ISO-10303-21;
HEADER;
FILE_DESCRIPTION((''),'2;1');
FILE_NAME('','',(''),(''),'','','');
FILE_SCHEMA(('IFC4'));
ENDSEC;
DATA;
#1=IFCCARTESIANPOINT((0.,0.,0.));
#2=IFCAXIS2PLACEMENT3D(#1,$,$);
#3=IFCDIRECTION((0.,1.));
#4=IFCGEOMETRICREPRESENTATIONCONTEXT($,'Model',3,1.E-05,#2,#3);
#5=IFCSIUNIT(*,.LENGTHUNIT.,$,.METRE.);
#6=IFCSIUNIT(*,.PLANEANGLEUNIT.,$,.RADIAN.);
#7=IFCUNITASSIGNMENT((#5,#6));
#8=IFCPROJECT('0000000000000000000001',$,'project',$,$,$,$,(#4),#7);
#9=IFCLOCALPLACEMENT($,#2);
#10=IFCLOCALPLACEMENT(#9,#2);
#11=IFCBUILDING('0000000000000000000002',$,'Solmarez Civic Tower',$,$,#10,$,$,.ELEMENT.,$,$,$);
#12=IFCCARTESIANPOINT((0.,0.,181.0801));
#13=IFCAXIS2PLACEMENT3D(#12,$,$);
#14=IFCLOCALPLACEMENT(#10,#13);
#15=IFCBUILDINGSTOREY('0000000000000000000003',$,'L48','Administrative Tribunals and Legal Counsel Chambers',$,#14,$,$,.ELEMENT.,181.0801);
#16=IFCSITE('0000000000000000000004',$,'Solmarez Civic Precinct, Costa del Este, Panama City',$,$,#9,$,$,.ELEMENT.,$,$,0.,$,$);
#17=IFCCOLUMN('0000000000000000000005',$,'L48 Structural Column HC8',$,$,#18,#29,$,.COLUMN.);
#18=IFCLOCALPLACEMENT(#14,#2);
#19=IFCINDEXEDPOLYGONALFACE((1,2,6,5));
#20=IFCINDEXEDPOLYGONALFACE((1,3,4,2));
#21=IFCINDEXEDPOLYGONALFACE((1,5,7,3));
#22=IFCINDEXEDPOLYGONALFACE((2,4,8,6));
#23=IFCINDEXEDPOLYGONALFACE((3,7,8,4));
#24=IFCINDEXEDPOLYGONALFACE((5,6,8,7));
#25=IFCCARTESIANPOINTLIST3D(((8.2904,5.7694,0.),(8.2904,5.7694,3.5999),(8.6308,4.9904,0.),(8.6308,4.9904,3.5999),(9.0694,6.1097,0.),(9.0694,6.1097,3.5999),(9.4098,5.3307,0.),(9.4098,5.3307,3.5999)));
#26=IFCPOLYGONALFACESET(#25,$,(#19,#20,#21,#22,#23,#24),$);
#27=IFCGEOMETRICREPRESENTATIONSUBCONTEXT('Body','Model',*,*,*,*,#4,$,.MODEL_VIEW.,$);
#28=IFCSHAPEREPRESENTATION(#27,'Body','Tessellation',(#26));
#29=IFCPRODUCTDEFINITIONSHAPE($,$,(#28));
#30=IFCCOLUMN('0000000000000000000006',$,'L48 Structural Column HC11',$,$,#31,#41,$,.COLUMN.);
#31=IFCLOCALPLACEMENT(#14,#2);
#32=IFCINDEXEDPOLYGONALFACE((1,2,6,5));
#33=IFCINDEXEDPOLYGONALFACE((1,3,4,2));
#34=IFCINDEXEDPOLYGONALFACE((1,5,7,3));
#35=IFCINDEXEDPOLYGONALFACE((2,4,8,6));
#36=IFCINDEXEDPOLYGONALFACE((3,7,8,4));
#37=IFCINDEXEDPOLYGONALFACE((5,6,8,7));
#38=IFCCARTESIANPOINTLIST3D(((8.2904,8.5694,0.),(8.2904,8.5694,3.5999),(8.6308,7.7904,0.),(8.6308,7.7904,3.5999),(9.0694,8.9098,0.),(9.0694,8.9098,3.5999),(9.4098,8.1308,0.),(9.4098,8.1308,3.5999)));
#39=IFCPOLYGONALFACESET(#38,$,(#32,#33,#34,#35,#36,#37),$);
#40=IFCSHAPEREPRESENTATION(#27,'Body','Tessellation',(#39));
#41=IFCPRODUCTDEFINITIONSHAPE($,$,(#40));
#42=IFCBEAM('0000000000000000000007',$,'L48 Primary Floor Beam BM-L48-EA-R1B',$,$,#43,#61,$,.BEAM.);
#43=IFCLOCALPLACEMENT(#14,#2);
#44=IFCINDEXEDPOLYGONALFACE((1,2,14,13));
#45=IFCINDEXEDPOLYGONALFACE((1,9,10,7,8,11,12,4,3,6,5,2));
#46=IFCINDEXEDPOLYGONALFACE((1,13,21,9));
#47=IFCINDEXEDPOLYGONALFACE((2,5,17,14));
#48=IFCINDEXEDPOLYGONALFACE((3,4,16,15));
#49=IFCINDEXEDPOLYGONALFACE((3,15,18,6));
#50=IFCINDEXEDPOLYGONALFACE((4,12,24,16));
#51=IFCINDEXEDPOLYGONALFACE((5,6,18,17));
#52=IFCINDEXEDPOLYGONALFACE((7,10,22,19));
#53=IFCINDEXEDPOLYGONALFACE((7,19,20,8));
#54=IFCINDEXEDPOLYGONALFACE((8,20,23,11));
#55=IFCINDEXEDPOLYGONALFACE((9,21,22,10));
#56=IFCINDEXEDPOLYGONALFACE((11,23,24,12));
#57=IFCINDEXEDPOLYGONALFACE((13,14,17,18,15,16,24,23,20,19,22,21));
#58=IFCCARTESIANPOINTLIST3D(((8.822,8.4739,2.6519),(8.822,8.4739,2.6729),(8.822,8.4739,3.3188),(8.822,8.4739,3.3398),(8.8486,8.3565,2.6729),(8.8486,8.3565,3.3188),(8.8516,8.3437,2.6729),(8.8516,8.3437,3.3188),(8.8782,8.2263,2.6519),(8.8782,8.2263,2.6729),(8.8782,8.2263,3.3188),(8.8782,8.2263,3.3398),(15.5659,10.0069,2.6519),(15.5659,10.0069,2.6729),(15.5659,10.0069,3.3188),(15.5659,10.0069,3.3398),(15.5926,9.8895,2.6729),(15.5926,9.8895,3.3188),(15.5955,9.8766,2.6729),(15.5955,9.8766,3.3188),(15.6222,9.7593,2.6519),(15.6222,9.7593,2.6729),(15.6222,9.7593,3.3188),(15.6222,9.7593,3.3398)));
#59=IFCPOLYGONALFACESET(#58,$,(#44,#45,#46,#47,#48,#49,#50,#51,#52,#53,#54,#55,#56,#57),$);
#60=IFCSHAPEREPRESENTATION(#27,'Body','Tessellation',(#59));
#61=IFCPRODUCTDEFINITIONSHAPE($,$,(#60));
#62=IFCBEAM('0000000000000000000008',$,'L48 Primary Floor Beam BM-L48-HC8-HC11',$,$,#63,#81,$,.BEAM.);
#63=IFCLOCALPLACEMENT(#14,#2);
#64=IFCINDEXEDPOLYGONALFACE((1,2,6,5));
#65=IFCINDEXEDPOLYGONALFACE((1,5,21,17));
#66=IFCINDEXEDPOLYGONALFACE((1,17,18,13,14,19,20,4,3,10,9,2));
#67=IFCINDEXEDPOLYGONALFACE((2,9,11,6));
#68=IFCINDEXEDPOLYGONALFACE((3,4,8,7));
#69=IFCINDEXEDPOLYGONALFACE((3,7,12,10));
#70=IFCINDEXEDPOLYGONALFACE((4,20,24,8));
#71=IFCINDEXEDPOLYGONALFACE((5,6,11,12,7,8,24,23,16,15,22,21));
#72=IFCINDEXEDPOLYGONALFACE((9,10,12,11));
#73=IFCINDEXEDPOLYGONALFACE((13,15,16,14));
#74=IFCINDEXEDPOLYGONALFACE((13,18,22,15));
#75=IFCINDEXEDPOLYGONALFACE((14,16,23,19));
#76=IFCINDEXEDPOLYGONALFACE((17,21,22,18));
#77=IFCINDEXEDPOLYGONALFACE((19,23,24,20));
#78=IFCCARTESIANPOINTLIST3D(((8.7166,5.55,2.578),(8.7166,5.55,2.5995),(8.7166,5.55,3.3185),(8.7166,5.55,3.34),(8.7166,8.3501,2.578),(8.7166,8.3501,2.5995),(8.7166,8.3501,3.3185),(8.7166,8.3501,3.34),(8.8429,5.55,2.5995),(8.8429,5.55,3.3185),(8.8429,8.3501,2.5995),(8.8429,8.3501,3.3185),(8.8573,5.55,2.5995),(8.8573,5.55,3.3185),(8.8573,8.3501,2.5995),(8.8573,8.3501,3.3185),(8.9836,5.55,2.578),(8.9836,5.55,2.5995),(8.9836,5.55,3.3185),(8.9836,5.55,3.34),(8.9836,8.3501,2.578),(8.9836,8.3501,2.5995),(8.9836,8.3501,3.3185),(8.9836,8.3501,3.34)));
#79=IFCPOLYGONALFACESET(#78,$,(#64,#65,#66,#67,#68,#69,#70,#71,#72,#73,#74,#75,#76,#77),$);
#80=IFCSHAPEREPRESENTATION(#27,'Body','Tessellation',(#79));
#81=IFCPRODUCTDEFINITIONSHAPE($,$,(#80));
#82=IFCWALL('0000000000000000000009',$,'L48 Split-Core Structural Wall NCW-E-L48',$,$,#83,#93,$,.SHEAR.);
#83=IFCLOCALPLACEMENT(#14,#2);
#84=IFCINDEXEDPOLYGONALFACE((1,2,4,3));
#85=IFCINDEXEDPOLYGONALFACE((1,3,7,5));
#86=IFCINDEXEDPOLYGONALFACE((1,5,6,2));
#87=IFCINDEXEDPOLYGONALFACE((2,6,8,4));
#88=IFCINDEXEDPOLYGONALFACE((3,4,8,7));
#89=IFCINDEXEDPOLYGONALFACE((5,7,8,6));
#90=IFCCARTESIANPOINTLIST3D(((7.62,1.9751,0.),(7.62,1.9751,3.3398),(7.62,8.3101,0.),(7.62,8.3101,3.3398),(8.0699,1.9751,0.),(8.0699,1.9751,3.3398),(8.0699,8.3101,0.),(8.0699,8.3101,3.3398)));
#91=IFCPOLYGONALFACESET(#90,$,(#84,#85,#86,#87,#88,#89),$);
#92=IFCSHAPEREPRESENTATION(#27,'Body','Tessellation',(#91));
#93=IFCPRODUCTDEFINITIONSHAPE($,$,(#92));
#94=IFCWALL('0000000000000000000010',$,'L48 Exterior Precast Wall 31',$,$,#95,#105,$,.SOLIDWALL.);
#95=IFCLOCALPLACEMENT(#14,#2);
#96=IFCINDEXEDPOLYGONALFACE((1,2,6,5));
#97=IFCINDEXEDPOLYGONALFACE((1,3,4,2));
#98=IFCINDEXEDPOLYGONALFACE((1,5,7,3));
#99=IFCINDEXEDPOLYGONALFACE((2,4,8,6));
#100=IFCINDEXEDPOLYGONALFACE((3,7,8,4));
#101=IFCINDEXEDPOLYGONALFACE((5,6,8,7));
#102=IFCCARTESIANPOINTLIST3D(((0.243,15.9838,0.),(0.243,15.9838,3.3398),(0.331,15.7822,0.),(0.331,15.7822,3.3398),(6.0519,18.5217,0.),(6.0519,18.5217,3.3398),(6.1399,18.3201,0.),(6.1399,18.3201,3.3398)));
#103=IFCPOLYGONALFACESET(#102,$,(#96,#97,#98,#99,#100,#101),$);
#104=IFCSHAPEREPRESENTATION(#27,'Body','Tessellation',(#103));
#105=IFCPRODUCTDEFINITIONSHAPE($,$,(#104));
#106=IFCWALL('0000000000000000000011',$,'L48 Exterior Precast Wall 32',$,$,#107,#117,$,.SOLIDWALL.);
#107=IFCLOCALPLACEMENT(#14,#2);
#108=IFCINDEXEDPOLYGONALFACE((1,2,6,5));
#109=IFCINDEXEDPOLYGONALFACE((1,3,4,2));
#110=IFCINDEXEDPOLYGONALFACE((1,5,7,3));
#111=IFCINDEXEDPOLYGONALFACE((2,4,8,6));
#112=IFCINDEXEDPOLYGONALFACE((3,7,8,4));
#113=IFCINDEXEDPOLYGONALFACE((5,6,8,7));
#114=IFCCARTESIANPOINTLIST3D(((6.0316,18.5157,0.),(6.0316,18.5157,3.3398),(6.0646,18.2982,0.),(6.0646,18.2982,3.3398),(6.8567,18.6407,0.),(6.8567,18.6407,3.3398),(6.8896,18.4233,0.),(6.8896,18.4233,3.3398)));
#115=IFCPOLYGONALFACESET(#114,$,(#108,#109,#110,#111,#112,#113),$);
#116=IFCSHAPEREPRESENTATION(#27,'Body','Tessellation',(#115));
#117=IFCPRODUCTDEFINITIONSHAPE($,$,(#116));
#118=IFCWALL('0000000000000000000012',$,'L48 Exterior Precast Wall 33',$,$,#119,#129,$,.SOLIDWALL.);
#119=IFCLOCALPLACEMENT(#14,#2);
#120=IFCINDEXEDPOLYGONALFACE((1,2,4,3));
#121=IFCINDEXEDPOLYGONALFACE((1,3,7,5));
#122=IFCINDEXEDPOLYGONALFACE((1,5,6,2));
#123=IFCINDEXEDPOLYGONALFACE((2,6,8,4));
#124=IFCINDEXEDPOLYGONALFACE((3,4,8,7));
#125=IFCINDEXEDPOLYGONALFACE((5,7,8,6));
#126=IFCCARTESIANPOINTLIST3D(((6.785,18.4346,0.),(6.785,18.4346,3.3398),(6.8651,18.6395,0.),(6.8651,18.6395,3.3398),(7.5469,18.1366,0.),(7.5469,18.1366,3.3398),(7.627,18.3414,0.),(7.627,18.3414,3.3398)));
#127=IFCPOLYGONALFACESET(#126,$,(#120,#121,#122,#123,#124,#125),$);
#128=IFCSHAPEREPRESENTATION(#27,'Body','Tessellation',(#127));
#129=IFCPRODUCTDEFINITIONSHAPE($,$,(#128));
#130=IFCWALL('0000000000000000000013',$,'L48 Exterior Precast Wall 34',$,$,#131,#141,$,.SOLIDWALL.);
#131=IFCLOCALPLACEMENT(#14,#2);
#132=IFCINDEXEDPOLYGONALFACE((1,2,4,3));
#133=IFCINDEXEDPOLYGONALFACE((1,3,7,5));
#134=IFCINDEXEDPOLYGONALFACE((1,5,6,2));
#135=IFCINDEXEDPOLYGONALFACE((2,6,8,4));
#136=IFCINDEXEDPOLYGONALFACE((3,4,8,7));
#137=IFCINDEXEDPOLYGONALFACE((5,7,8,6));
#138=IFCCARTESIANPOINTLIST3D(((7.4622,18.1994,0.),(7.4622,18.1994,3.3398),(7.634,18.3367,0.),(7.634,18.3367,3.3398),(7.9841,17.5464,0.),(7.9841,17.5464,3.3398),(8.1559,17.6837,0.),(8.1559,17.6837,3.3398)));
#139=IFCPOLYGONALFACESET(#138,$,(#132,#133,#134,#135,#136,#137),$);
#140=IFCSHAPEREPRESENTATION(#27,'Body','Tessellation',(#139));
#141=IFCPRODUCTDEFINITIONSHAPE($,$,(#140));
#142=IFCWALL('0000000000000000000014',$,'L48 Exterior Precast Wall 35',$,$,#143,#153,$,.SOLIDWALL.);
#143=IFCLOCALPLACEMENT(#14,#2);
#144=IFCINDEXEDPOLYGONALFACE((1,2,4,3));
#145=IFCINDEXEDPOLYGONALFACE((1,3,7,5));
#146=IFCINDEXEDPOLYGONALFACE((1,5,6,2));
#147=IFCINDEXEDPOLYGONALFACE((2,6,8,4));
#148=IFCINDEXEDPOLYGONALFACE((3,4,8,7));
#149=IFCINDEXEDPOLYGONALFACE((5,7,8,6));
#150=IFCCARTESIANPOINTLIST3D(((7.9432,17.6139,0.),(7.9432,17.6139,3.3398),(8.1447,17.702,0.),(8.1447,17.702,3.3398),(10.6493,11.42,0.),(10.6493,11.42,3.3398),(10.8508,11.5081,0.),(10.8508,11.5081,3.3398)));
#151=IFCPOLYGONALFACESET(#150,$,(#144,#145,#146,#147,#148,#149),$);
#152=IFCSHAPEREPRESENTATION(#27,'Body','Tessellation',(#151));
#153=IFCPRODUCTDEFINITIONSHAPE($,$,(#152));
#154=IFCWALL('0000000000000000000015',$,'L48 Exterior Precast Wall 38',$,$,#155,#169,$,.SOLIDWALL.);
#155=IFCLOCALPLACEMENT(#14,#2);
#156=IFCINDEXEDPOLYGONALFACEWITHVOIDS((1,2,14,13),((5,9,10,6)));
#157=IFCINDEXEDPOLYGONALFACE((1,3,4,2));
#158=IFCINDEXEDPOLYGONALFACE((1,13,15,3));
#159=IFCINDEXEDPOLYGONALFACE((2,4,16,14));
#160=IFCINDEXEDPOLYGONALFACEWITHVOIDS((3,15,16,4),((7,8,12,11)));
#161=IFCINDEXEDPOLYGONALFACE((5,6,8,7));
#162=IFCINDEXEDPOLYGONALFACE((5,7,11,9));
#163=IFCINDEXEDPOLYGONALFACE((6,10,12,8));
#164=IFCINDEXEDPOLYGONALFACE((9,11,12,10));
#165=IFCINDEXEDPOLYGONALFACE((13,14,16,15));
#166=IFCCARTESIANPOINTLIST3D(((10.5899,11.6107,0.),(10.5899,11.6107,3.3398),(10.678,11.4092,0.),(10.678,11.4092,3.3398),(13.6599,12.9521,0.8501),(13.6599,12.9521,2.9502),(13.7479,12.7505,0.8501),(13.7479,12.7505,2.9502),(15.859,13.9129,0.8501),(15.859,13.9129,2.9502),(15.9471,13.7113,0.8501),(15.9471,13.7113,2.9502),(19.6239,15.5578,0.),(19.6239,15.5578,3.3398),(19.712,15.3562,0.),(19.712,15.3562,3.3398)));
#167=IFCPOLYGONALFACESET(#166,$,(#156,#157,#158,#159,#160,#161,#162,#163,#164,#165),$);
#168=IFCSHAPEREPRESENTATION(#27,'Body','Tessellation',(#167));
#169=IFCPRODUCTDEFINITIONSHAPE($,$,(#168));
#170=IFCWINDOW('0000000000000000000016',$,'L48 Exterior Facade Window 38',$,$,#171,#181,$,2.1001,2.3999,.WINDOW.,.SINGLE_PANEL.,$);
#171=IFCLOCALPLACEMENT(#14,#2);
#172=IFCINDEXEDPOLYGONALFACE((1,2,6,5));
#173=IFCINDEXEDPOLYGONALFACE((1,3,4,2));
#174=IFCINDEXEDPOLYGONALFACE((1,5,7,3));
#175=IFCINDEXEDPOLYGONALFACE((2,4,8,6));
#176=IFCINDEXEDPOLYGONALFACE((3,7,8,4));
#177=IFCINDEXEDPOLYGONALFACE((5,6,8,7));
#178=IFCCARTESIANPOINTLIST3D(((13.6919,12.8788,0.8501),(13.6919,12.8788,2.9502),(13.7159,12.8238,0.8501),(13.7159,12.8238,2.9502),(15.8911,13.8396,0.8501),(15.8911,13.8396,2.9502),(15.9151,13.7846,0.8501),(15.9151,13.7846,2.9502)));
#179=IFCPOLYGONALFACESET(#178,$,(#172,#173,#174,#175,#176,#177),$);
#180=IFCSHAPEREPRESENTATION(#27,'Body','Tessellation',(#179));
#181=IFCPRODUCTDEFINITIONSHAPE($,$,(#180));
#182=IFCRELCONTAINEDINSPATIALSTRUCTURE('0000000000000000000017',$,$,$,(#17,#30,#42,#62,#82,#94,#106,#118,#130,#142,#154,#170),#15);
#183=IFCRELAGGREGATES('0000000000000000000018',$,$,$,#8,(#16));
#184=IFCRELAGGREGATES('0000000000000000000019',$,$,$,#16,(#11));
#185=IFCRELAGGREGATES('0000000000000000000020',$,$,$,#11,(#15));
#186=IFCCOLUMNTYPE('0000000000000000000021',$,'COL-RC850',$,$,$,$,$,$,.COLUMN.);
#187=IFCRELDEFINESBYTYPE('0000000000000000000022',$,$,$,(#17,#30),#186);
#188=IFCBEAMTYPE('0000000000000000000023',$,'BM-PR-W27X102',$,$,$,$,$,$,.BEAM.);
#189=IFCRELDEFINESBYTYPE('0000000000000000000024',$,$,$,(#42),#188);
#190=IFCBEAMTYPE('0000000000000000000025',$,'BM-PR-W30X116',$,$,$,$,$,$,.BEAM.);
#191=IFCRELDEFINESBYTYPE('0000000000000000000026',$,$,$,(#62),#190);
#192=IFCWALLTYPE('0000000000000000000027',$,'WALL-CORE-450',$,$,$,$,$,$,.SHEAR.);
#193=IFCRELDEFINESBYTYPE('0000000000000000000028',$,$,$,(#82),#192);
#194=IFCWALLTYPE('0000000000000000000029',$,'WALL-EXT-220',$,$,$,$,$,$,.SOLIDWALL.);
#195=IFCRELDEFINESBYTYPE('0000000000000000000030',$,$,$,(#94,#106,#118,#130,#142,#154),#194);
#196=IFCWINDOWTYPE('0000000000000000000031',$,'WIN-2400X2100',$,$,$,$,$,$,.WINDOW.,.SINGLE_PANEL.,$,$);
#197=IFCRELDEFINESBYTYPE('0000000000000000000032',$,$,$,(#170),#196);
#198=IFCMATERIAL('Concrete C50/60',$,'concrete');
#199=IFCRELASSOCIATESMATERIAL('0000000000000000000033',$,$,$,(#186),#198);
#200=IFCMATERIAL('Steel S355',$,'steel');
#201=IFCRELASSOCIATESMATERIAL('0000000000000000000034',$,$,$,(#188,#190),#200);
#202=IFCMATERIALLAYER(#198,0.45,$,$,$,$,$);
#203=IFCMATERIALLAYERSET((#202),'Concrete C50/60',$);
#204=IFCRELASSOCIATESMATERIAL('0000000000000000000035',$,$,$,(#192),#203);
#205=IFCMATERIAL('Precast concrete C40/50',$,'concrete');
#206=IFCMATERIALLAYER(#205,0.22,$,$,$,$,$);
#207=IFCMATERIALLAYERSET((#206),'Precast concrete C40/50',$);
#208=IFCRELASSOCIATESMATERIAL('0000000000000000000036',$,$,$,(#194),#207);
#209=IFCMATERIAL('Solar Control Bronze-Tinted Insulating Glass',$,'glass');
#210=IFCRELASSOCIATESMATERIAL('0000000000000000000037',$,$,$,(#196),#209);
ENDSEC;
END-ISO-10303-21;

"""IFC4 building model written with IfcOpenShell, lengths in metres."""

from ifc_helpers import new_model, si_unit, direction, frame, frame_2d, origin, origin_2d, place, context, subcontext, project, spatial, rectangle, i_section, extrude, material, layer, layer_set, material_profile, profile_set, type_object, element, fill, save


model = new_model("IFC4")

# Units and contexts
model_context = context("Model", 3, precision=1e-05, world=origin(), true_north=direction((0.0, 1.0)))
body_context = subcontext(model_context, "Body", "Model", "MODEL_VIEW")
ifc_project = project(units=[si_unit("LENGTHUNIT", "METRE"), si_unit("PLANEANGLEUNIT", "RADIAN")], contexts=[model_context])

# Site, building, storey
site_placement = place(None, origin())
site = spatial("IfcSite", under=ifc_project, at=site_placement, Name="Solmarez Civic Precinct, Costa del Este, Panama City", CompositionType="ELEMENT", RefElevation=0.0)
building_placement = place(site_placement, origin())
building = spatial("IfcBuilding", under=site, at=building_placement, Name="Solmarez Civic Tower", CompositionType="ELEMENT")
storey_placement = place(building_placement, frame((0.0, 0.0, 181.0801)))
storey = spatial("IfcBuildingStorey", under=building, at=storey_placement, Name="L48", Description="Administrative Tribunals and Legal Counsel Chambers", CompositionType="ELEMENT", Elevation=181.0801)

# Columns
ifc_material_1 = material(Name="Concrete C50/60", Category="concrete")
ifc_material_profile_1 = material_profile(ifc_material_1, rectangle(XDim=0.8501, YDim=0.8501, at=origin_2d()), Name="RC850X850")
ifc_profile_set_1 = profile_set([ifc_material_profile_1], Name="Concrete C50/60")
column_type = type_object("IfcColumnType", Name="COL-RC850", PredefinedType="COLUMN", material=ifc_profile_set_1)
for number, where, z_axis, x_axis, name in (
    (1, (8.8501, 5.55, 0.0), (0.0, 0.0, 1.0), (0.916363, 0.400349, 0.0), "L48 Structural Column HC8"),
    (2, (8.8501, 8.3501, 0.0), (0.0, 0.0, 1.0), (0.916363, 0.400349, 0.0), "L48 Structural Column HC11"),
):
    element("IfcColumn", number, at=place(storey_placement, frame(where, z_axis=z_axis, x_axis=x_axis)), inside=storey, type_object=column_type, Name=name, PredefinedType="COLUMN", context=body_context, shape_type="SweptSolid", body=[
        extrude(rectangle(XDim=0.8501, YDim=0.8501, at=origin_2d()), origin(), (0.0, 0.0, 1.0), 3.5999),
    ])

# Beams
ifc_material_2 = material(Name="Steel S355", Category="steel")
ifc_material_profile_2 = material_profile(ifc_material_2, i_section(OverallWidth=0.2539, OverallDepth=0.688, WebThickness=0.0132, FlangeThickness=0.021, at=origin_2d()), Name="W27X102")
ifc_profile_set_2 = profile_set([ifc_material_profile_2], Name="Steel S355")
beam_type_1 = type_object("IfcBeamType", Name="BM-PR-W27X102", PredefinedType="BEAM", material=ifc_profile_set_2)
beam_1_placement = place(storey_placement, frame((8.8501, 8.3501, 2.9958), z_axis=(0.975125, 0.221656, 0.0), x_axis=(-0.221656, 0.975125, 0.0)))
element("IfcBeam", 3, at=beam_1_placement, inside=storey, type_object=beam_type_1, Name="L48 Primary Floor Beam BM-L48-EA-R1B", PredefinedType="BEAM", context=body_context, shape_type="SweptSolid", body=[
    extrude(i_section(OverallWidth=0.2539, OverallDepth=0.688, WebThickness=0.0132, FlangeThickness=0.021, at=origin_2d()), origin(), (0.0, 0.0, 1.0), 6.916),
])
ifc_material_profile_3 = material_profile(ifc_material_2, i_section(OverallWidth=0.2671, OverallDepth=0.762, WebThickness=0.0144, FlangeThickness=0.0215, at=origin_2d()), Name="W30X116")
ifc_profile_set_3 = profile_set([ifc_material_profile_3], Name="Steel S355")
beam_type_2 = type_object("IfcBeamType", Name="BM-PR-W30X116", PredefinedType="BEAM", material=ifc_profile_set_3)
beam_2_placement = place(storey_placement, frame((8.8501, 5.55, 2.959), z_axis=(0.0, 1.0, 0.0), x_axis=(-1.0, 0.0, 0.0)))
element("IfcBeam", 4, at=beam_2_placement, inside=storey, type_object=beam_type_2, Name="L48 Primary Floor Beam BM-L48-HC8-HC11", PredefinedType="BEAM", context=body_context, shape_type="SweptSolid", body=[
    extrude(i_section(OverallWidth=0.2671, OverallDepth=0.762, WebThickness=0.0144, FlangeThickness=0.0215, at=origin_2d()), origin(), (0.0, 0.0, 1.0), 2.8),
])

# Walls
ifc_layer_1 = layer(ifc_material_1, 0.45)
ifc_layer_set_1 = layer_set([ifc_layer_1], Name="Concrete C50/60")
wall_type_1 = type_object("IfcWallType", Name="WALL-CORE-450", PredefinedType="SHEAR", material=ifc_layer_set_1)
wall_1_placement = place(storey_placement, frame((7.845, 8.3101, 0.0), z_axis=(0.0, 0.0, 1.0), x_axis=(0.0, -1.0, 0.0)))
element("IfcWall", 5, at=wall_1_placement, inside=storey, type_object=wall_type_1, Name="L48 Split-Core Structural Wall NCW-E-L48", PredefinedType="SHEAR", context=body_context, shape_type="SweptSolid", body=[
    extrude(rectangle(XDim=6.335, YDim=0.45, at=frame_2d((3.1675, 0.0))), origin(), (0.0, 0.0, 1.0), 3.3398),
])
ifc_material_3 = material(Name="Precast concrete C40/50", Category="concrete")
ifc_layer_2 = layer(ifc_material_3, 0.22)
ifc_layer_set_2 = layer_set([ifc_layer_2], Name="Precast concrete C40/50")
wall_type_2 = type_object("IfcWallType", Name="WALL-EXT-220", PredefinedType="SOLIDWALL", material=ifc_layer_set_2)
wall_2_placement = place(storey_placement, frame((0.2871, 15.8831, 0.0), z_axis=(0.0, 0.0, 1.0), x_axis=(0.916361, 0.400352, 0.0)))
element("IfcWall", 6, at=wall_2_placement, inside=storey, type_object=wall_type_2, Name="L48 Exterior Precast Wall 31", PredefinedType="SOLIDWALL", context=body_context, shape_type="SweptSolid", body=[
    extrude(rectangle(XDim=6.3391, YDim=0.22, at=frame_2d((3.1694, 0.0))), origin(), (0.0, 0.0, 1.0), 3.3398),
])
wall_3_placement = place(storey_placement, frame((6.0481, 18.407, 0.0), z_axis=(0.0, 0.0, 1.0), x_axis=(0.988714, 0.149814, 0.0)))
element("IfcWall", 7, at=wall_3_placement, inside=storey, type_object=wall_type_2, Name="L48 Exterior Precast Wall 32", PredefinedType="SOLIDWALL", context=body_context, shape_type="SweptSolid", body=[
    extrude(rectangle(XDim=0.8345, YDim=0.22, at=frame_2d((0.4172, 0.0))), origin(), (0.0, 0.0, 1.0), 3.3398),
])
wall_4_placement = place(storey_placement, frame((6.825, 18.5371, 0.0), z_axis=(0.0, 0.0, 1.0), x_axis=(0.931269, -0.364332, 0.0)))
element("IfcWall", 8, at=wall_4_placement, inside=storey, type_object=wall_type_2, Name="L48 Exterior Precast Wall 33", PredefinedType="SOLIDWALL", context=body_context, shape_type="SweptSolid", body=[
    extrude(rectangle(XDim=0.8181, YDim=0.22, at=frame_2d((0.4092, 0.0))), origin(), (0.0, 0.0, 1.0), 3.3398),
])
wall_5_placement = place(storey_placement, frame((7.5481, 18.2681, 0.0), z_axis=(0.0, 0.0, 1.0), x_axis=(0.624339, -0.781154, 0.0)))
element("IfcWall", 9, at=wall_5_placement, inside=storey, type_object=wall_type_2, Name="L48 Exterior Precast Wall 34", PredefinedType="SOLIDWALL", context=body_context, shape_type="SweptSolid", body=[
    extrude(rectangle(XDim=0.8359, YDim=0.22, at=frame_2d((0.418, 0.0))), origin(), (0.0, 0.0, 1.0), 3.3398),
])
wall_6_placement = place(storey_placement, frame((8.0439, 17.658, 0.0), z_axis=(0.0, 0.0, 1.0), x_axis=(0.400353, -0.916361, 0.0)))
element("IfcWall", 10, at=wall_6_placement, inside=storey, type_object=wall_type_2, Name="L48 Exterior Precast Wall 35", PredefinedType="SOLIDWALL", context=body_context, shape_type="SweptSolid", body=[
    extrude(rectangle(XDim=6.7593, YDim=0.22, at=frame_2d((3.3796, 0.0))), origin(), (0.0, 0.0, 1.0), 3.3398),
])

# Wall, opening, window
wall_7_placement = place(storey_placement, frame((10.634, 11.51, 0.0), z_axis=(0.0, 0.0, 1.0), x_axis=(0.916356, 0.400365, 0.0)))
wall_7 = element("IfcWall", 11, at=wall_7_placement, inside=storey, type_object=wall_type_2, Name="L48 Exterior Precast Wall 38", PredefinedType="SOLIDWALL", context=body_context, shape_type="SweptSolid", body=[
    extrude(rectangle(XDim=9.8586, YDim=0.22, at=frame_2d((4.9292, 0.0))), origin(), (0.0, 0.0, 1.0), 3.3398),
])
opening_1_placement = place(wall_7_placement, frame((3.3501, 0.0, 0.8501)))
opening_1 = element("IfcOpeningElement", 12, at=opening_1_placement, cuts=wall_7, PredefinedType="OPENING", context=body_context, shape_type="SweptSolid", body=[
    extrude(rectangle(XDim=2.3999, YDim=2.1001, at=frame_2d((1.2, 1.05))), frame((0.0, 0.1199, 0.0), z_axis=(0.0, -1.0, 0.0), x_axis=(1.0, 0.0, 0.0)), (0.0, 0.0, 1.0), 0.24),
])
ifc_material_4 = material(Name="Solar Control Bronze-Tinted Insulating Glass", Category="glass")
window_type = type_object("IfcWindowType", Name="WIN-2400X2100", PartitioningType="SINGLE_PANEL", PredefinedType="WINDOW", material=ifc_material_4)
window_placement = place(opening_1_placement, origin())
window = element("IfcWindow", 13, at=window_placement, inside=storey, type_object=window_type, Name="L48 Exterior Facade Window 38", OverallHeight=2.1001, OverallWidth=2.3999, PartitioningType="SINGLE_PANEL", PredefinedType="WINDOW", context=body_context, shape_type="SweptSolid", body=[
    extrude(rectangle(XDim=2.3999, YDim=2.1001, at=frame_2d((1.2, 1.05))), frame((0.0, 0.03, 0.0), z_axis=(0.0, -1.0, 0.0), x_axis=(1.0, 0.0, 0.0)), (0.0, 0.0, 1.0), 0.0601),
])
fill(opening_1, window)

save(model, "model.ifc")
